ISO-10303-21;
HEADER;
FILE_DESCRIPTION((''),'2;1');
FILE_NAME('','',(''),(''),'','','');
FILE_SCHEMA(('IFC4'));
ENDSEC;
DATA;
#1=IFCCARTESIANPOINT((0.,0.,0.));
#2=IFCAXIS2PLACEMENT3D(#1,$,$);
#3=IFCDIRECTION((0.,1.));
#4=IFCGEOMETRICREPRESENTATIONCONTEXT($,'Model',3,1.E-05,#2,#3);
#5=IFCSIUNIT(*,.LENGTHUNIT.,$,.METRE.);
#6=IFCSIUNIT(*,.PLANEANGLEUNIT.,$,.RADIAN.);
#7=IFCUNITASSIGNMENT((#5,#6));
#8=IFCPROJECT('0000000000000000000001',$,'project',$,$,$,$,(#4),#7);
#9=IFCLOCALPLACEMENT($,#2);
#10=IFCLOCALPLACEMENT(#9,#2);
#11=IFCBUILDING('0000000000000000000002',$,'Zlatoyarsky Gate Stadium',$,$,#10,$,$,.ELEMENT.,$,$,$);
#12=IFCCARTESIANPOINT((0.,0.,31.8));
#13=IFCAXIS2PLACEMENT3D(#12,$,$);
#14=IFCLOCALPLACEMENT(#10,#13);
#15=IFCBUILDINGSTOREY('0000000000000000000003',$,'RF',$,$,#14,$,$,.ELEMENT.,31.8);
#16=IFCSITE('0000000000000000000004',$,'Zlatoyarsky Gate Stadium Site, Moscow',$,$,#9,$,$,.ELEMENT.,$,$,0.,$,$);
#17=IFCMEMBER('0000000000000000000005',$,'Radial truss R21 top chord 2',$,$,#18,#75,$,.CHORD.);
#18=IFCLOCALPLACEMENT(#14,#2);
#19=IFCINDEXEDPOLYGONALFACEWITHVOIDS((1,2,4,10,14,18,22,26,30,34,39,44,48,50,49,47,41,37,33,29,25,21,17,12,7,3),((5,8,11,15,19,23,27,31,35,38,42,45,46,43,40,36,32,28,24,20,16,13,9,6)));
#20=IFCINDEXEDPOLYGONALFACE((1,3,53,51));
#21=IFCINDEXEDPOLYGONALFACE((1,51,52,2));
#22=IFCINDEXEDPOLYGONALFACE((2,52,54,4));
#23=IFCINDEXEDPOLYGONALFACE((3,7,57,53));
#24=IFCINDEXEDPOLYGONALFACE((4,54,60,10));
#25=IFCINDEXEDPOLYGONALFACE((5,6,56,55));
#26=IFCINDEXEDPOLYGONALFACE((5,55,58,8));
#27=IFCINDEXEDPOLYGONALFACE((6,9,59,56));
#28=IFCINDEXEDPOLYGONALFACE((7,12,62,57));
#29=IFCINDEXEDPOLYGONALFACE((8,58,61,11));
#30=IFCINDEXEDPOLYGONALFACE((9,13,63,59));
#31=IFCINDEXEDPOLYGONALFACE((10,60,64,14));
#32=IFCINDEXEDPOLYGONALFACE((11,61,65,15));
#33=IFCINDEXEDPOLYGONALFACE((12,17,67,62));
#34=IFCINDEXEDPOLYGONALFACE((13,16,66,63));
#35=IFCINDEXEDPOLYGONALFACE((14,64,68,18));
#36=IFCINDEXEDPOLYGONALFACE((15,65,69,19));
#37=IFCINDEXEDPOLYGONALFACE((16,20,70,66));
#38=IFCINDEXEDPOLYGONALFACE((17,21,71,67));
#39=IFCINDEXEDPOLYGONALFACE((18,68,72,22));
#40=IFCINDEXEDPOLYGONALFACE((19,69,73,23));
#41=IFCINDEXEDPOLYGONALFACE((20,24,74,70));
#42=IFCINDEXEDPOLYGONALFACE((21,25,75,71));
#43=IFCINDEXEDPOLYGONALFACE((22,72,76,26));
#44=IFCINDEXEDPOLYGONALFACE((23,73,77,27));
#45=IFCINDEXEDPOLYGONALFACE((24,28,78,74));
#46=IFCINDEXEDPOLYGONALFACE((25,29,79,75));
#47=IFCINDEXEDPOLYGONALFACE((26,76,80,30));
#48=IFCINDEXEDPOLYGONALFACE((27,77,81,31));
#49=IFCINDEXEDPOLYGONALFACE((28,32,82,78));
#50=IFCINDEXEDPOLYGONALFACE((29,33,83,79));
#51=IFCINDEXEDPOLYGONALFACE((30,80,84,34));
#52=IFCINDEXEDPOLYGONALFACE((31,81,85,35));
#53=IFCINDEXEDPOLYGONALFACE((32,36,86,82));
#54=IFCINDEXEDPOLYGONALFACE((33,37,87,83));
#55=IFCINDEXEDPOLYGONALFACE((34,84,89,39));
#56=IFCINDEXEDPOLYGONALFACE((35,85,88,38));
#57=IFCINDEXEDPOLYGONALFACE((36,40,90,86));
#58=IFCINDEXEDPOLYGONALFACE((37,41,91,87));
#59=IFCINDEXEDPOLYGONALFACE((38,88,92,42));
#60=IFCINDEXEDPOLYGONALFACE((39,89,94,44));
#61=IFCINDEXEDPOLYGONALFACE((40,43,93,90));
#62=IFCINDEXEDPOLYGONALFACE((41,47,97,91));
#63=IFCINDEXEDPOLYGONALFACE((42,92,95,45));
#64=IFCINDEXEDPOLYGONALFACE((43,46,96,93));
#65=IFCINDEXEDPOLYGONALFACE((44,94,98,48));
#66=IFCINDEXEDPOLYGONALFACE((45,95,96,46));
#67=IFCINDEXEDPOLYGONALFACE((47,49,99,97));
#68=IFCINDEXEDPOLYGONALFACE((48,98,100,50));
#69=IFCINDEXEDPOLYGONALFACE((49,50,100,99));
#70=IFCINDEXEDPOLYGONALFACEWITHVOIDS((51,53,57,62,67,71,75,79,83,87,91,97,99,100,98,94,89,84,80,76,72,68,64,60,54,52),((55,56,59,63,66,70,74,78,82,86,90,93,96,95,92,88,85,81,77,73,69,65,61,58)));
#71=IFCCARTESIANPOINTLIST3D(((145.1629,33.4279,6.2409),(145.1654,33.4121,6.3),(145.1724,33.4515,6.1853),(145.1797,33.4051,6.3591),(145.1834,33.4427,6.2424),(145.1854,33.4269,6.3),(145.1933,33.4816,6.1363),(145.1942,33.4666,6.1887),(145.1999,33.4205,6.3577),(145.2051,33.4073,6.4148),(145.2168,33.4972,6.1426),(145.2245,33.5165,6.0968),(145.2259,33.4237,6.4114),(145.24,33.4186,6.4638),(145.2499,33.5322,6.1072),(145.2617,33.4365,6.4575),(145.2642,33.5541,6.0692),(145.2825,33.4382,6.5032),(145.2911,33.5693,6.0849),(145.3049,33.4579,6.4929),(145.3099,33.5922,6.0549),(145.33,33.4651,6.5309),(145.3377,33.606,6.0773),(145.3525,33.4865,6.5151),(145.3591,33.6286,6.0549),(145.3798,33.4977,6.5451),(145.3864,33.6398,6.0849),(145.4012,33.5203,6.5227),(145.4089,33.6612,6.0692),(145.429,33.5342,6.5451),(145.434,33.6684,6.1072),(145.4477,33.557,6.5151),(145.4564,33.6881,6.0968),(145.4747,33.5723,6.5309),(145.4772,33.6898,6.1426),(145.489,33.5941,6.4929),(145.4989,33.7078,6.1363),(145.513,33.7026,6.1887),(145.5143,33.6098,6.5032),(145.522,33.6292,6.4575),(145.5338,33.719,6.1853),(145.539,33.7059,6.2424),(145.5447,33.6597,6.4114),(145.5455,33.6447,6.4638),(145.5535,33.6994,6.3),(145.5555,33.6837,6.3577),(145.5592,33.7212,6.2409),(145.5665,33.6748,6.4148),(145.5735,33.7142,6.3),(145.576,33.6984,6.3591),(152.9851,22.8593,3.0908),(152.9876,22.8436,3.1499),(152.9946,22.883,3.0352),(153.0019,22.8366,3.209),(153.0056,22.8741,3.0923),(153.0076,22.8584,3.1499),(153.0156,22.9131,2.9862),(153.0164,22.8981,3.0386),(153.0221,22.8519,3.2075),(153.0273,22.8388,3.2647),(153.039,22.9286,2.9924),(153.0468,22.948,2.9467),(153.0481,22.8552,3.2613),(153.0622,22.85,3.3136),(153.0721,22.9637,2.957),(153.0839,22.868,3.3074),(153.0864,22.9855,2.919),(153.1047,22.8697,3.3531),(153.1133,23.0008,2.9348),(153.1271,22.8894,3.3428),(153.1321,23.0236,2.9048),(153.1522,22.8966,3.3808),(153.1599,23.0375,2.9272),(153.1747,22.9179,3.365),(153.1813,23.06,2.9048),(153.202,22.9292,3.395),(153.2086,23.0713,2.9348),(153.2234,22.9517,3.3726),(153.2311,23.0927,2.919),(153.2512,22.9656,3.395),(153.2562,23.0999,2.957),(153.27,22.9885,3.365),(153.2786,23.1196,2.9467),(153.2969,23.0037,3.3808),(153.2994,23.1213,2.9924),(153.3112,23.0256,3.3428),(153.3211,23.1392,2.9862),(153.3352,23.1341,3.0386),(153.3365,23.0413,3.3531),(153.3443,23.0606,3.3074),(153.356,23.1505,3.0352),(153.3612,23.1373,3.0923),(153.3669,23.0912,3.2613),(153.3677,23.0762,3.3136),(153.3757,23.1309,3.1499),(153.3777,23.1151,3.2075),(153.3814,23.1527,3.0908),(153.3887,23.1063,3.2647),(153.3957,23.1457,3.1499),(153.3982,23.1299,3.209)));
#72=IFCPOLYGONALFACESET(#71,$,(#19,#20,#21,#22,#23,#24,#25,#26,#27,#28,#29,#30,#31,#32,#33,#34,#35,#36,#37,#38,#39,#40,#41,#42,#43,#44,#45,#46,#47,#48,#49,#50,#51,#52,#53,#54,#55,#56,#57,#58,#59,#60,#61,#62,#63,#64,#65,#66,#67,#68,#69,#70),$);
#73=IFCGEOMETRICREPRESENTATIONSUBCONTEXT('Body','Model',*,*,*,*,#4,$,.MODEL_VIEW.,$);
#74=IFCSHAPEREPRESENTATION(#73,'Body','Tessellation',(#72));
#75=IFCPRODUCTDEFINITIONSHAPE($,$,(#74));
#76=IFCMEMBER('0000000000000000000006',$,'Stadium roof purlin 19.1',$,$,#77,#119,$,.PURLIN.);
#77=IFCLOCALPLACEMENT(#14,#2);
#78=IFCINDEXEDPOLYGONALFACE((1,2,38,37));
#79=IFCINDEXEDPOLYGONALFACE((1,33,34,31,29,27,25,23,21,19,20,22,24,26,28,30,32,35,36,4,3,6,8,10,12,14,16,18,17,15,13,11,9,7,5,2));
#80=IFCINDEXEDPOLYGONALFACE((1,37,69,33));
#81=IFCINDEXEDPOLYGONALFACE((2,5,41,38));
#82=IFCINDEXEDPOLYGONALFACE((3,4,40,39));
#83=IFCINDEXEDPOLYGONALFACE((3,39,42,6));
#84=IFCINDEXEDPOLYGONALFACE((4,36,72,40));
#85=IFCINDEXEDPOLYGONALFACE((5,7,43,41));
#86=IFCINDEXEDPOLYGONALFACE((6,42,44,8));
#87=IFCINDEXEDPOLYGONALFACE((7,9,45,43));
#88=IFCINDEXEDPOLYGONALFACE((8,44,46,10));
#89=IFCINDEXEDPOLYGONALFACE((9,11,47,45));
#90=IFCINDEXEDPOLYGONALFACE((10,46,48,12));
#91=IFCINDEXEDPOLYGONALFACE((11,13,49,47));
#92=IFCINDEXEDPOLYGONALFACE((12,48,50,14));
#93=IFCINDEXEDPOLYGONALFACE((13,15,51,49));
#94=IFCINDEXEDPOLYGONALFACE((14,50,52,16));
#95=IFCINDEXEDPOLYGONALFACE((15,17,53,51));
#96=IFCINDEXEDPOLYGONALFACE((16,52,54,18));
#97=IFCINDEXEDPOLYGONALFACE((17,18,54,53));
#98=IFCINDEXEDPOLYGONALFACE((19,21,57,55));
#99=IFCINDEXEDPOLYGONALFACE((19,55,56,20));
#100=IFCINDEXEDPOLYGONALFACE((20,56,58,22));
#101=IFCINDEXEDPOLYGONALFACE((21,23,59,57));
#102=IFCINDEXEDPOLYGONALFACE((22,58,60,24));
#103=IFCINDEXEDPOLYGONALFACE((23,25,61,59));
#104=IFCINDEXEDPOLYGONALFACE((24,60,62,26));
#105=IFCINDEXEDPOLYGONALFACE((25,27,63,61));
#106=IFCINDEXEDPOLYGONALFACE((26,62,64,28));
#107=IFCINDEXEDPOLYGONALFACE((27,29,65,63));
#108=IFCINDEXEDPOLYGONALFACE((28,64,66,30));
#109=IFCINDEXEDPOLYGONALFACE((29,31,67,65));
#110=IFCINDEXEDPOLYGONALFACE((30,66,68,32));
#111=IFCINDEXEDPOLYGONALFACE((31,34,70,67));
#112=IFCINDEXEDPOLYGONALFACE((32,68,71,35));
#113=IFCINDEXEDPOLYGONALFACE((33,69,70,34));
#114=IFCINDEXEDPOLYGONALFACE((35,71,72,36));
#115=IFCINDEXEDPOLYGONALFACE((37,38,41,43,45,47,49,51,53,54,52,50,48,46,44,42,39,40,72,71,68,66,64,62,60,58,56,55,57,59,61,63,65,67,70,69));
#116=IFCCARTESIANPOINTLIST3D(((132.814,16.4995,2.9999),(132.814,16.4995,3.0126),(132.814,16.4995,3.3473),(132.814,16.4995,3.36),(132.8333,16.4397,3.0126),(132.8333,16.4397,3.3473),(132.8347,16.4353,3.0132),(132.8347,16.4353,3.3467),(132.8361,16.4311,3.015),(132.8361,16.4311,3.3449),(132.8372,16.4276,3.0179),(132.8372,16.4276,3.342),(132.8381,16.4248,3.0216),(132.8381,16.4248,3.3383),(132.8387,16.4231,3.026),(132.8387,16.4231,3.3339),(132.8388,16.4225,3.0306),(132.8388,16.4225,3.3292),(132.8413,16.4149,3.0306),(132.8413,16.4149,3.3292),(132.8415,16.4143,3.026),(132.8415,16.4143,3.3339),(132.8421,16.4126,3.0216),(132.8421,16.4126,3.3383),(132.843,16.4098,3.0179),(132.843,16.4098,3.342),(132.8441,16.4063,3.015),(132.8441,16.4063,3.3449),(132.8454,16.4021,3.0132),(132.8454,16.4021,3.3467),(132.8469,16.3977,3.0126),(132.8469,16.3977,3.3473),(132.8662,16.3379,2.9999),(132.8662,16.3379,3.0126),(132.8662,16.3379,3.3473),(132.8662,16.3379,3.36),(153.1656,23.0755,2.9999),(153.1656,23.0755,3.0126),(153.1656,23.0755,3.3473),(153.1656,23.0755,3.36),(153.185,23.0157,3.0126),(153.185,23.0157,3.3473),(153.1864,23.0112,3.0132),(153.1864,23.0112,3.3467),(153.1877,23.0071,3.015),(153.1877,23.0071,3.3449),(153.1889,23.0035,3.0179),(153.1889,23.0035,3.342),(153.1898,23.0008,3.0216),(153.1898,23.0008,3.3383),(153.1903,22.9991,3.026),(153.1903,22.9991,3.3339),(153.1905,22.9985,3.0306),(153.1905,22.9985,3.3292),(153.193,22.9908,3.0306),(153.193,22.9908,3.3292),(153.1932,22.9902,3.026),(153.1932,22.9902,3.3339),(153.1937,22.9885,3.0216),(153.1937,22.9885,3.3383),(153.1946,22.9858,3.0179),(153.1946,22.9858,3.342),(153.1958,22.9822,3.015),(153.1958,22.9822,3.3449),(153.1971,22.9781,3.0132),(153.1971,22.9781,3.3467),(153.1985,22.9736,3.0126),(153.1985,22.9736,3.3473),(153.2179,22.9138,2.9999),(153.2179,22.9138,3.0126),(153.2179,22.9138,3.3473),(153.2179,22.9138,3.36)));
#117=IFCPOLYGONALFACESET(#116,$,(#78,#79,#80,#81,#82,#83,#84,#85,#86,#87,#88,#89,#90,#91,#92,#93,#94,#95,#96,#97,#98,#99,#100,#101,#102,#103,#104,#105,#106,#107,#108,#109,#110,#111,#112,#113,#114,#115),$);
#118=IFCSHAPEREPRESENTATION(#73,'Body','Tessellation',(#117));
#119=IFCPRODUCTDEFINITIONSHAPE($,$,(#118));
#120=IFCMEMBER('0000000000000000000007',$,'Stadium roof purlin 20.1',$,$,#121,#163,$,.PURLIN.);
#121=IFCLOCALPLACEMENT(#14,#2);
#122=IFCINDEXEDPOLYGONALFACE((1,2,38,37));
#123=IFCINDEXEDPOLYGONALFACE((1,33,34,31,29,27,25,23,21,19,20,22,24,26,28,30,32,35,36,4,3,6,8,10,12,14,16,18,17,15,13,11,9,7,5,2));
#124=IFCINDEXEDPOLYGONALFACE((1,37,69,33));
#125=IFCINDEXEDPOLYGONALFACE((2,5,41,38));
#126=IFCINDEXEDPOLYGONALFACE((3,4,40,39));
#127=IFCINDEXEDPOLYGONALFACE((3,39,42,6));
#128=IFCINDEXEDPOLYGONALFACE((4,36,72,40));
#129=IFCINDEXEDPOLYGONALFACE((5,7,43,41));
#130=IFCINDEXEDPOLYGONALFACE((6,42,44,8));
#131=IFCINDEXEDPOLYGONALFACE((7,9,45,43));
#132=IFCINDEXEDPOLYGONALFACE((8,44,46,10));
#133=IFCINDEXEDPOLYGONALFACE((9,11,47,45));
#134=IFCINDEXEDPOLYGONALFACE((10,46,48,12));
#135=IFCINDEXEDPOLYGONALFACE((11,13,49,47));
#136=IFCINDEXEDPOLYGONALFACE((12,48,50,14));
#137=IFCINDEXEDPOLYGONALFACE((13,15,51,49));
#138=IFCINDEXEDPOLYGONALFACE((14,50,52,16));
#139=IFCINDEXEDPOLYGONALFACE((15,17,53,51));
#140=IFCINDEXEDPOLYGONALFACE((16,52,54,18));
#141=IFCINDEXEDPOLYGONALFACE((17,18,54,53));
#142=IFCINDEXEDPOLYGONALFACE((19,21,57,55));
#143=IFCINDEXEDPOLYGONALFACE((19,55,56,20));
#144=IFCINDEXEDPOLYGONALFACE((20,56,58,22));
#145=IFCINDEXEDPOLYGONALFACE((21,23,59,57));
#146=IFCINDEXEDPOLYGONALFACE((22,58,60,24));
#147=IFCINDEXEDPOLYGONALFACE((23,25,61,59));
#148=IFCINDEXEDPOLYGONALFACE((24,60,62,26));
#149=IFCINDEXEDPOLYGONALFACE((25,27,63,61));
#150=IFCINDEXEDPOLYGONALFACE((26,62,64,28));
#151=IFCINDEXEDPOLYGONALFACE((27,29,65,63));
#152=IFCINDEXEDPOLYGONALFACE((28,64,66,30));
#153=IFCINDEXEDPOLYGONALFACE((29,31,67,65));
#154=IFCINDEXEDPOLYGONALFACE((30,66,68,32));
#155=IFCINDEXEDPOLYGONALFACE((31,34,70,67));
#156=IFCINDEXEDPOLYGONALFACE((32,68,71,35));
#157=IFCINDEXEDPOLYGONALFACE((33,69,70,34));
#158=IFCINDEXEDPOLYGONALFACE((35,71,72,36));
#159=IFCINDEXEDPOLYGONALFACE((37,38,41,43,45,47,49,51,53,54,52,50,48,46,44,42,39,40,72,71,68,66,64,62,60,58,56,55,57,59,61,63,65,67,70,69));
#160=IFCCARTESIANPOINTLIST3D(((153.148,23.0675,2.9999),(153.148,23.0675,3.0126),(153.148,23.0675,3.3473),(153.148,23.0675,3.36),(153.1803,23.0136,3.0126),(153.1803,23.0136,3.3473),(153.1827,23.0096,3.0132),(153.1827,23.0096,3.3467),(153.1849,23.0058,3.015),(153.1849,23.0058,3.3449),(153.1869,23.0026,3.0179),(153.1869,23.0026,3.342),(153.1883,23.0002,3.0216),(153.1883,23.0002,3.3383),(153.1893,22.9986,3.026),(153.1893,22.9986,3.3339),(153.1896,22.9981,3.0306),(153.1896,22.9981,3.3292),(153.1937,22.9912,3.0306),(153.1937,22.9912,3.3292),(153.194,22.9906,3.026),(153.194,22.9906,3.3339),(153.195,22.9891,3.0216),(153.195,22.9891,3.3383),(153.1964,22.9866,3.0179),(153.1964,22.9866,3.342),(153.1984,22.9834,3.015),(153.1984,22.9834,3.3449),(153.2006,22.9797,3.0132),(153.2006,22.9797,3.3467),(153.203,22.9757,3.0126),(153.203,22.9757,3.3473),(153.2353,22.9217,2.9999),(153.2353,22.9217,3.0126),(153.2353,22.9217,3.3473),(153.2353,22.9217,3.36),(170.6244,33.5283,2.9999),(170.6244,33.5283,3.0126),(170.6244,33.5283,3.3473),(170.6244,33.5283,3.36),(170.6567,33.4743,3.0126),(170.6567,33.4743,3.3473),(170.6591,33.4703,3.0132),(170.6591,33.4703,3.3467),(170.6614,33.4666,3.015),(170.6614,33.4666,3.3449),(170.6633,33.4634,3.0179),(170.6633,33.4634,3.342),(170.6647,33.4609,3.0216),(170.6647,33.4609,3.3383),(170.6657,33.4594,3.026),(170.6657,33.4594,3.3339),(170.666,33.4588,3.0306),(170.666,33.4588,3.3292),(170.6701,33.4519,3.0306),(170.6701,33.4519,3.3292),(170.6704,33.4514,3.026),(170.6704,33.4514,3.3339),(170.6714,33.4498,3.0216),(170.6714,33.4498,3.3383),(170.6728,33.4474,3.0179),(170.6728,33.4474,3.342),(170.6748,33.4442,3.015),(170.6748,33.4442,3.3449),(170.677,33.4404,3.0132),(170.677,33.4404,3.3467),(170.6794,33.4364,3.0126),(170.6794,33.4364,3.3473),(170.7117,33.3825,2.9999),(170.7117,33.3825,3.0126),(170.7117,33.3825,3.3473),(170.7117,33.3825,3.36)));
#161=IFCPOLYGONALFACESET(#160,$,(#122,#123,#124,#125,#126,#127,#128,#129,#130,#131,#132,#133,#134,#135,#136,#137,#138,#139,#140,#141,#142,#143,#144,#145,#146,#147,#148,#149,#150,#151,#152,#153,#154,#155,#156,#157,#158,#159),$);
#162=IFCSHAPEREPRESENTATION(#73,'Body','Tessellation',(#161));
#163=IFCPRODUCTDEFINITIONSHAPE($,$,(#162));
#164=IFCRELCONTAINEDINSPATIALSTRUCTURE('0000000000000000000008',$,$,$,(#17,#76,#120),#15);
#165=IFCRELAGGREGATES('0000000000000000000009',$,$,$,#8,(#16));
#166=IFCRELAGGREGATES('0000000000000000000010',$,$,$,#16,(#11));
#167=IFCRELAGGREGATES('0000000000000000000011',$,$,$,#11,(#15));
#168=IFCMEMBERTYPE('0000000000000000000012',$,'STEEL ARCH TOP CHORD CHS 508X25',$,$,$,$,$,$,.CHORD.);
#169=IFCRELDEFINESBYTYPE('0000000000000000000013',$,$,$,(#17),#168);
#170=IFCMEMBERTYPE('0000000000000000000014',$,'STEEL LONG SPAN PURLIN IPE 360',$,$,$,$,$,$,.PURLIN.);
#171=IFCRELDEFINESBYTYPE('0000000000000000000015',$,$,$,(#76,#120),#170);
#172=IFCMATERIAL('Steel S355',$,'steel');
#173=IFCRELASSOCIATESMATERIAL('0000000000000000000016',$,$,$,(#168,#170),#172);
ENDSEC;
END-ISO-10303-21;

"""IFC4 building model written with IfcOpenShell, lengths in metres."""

from ifc_helpers import new_model, si_unit, direction, frame, origin, origin_2d, place, context, subcontext, project, spatial, hollow_circle, i_section, extrude, material, material_profile, profile_set, type_object, element, save


model = new_model("IFC4")

# Units and contexts
model_context = context("Model", 3, precision=1e-05, world=origin(), true_north=direction((0.0, 1.0)))
body_context = subcontext(model_context, "Body", "Model", "MODEL_VIEW")
ifc_project = project(units=[si_unit("LENGTHUNIT", "METRE"), si_unit("PLANEANGLEUNIT", "RADIAN")], contexts=[model_context])

# Site, building, storey
site_placement = place(None, origin())
site = spatial("IfcSite", under=ifc_project, at=site_placement, Name="Zlatoyarsky Gate Stadium Site, Moscow", CompositionType="ELEMENT", RefElevation=0.0)
building_placement = place(site_placement, origin())
building = spatial("IfcBuilding", under=site, at=building_placement, Name="Zlatoyarsky Gate Stadium", CompositionType="ELEMENT")
storey_placement = place(building_placement, frame((0.0, 0.0, 31.8)))
storey = spatial("IfcBuildingStorey", under=building, at=storey_placement, Name="RF", CompositionType="ELEMENT", Elevation=31.8)

# Members
ifc_material_1 = material(Name="Steel S355", Category="steel")
ifc_material_profile_1 = material_profile(ifc_material_1, hollow_circle(Radius=0.2539, WallThickness=0.0249, at=origin_2d()), Name="CHS 508X25")
ifc_profile_set_1 = profile_set([ifc_material_profile_1], Name="Steel S355")
member_type_1 = type_object("IfcMemberType", Name="STEEL ARCH TOP CHORD CHS 508X25", PredefinedType="CHORD", material=ifc_profile_set_1)
member_1_placement = place(storey_placement, frame((153.1917, 22.9946, 3.1499), z_axis=(-0.578544, 0.781667, 0.232989), x_axis=(-0.803787, -0.594917, 0.0)))
element("IfcMember", 1, at=member_1_placement, inside=storey, type_object=member_type_1, Name="Radial truss R21 top chord 2", PredefinedType="CHORD", context=body_context, shape_type="SweptSolid", body=[
    extrude(hollow_circle(Radius=0.2539, WallThickness=0.0249, at=origin_2d()), origin(), (0.0, 0.0, 1.0), 13.5205),
])
ifc_material_profile_2 = material_profile(ifc_material_1, i_section(OverallWidth=0.1699, OverallDepth=0.3601, WebThickness=0.0081, FlangeThickness=0.0127, FilletRadius=0.0181, at=origin_2d()), Name="IPE 360")
ifc_profile_set_2 = profile_set([ifc_material_profile_2], Name="Steel S355")
member_type_2 = type_object("IfcMemberType", Name="STEEL LONG SPAN PURLIN IPE 360", PredefinedType="PURLIN", material=ifc_profile_set_2)
member_2_placement = place(storey_placement, frame((132.8401, 16.4187, 3.1799), z_axis=(0.951559, 0.307465, 0.0), x_axis=(-0.307465, 0.951559, 0.0)))
element("IfcMember", 2, at=member_2_placement, inside=storey, type_object=member_type_2, Name="Stadium roof purlin 19.1", PredefinedType="PURLIN", context=body_context, shape_type="SweptSolid", body=[
    extrude(i_section(OverallWidth=0.1699, OverallDepth=0.3601, WebThickness=0.0081, FlangeThickness=0.0127, FilletRadius=0.0181, at=origin_2d()), origin(), (0.0, 0.0, 1.0), 21.3877),
])
member_3_placement = place(storey_placement, frame((153.1917, 22.9946, 3.1799), z_axis=(0.858036, 0.513589, 0.0), x_axis=(-0.513589, 0.858036, 0.0)))
element("IfcMember", 3, at=member_3_placement, inside=storey, type_object=member_type_2, Name="Stadium roof purlin 20.1", PredefinedType="PURLIN", context=body_context, shape_type="SweptSolid", body=[
    extrude(i_section(OverallWidth=0.1699, OverallDepth=0.3601, WebThickness=0.0081, FlangeThickness=0.0127, FilletRadius=0.0181, at=origin_2d()), origin(), (0.0, 0.0, 1.0), 20.3679),
])

save(model, "model.ifc")
